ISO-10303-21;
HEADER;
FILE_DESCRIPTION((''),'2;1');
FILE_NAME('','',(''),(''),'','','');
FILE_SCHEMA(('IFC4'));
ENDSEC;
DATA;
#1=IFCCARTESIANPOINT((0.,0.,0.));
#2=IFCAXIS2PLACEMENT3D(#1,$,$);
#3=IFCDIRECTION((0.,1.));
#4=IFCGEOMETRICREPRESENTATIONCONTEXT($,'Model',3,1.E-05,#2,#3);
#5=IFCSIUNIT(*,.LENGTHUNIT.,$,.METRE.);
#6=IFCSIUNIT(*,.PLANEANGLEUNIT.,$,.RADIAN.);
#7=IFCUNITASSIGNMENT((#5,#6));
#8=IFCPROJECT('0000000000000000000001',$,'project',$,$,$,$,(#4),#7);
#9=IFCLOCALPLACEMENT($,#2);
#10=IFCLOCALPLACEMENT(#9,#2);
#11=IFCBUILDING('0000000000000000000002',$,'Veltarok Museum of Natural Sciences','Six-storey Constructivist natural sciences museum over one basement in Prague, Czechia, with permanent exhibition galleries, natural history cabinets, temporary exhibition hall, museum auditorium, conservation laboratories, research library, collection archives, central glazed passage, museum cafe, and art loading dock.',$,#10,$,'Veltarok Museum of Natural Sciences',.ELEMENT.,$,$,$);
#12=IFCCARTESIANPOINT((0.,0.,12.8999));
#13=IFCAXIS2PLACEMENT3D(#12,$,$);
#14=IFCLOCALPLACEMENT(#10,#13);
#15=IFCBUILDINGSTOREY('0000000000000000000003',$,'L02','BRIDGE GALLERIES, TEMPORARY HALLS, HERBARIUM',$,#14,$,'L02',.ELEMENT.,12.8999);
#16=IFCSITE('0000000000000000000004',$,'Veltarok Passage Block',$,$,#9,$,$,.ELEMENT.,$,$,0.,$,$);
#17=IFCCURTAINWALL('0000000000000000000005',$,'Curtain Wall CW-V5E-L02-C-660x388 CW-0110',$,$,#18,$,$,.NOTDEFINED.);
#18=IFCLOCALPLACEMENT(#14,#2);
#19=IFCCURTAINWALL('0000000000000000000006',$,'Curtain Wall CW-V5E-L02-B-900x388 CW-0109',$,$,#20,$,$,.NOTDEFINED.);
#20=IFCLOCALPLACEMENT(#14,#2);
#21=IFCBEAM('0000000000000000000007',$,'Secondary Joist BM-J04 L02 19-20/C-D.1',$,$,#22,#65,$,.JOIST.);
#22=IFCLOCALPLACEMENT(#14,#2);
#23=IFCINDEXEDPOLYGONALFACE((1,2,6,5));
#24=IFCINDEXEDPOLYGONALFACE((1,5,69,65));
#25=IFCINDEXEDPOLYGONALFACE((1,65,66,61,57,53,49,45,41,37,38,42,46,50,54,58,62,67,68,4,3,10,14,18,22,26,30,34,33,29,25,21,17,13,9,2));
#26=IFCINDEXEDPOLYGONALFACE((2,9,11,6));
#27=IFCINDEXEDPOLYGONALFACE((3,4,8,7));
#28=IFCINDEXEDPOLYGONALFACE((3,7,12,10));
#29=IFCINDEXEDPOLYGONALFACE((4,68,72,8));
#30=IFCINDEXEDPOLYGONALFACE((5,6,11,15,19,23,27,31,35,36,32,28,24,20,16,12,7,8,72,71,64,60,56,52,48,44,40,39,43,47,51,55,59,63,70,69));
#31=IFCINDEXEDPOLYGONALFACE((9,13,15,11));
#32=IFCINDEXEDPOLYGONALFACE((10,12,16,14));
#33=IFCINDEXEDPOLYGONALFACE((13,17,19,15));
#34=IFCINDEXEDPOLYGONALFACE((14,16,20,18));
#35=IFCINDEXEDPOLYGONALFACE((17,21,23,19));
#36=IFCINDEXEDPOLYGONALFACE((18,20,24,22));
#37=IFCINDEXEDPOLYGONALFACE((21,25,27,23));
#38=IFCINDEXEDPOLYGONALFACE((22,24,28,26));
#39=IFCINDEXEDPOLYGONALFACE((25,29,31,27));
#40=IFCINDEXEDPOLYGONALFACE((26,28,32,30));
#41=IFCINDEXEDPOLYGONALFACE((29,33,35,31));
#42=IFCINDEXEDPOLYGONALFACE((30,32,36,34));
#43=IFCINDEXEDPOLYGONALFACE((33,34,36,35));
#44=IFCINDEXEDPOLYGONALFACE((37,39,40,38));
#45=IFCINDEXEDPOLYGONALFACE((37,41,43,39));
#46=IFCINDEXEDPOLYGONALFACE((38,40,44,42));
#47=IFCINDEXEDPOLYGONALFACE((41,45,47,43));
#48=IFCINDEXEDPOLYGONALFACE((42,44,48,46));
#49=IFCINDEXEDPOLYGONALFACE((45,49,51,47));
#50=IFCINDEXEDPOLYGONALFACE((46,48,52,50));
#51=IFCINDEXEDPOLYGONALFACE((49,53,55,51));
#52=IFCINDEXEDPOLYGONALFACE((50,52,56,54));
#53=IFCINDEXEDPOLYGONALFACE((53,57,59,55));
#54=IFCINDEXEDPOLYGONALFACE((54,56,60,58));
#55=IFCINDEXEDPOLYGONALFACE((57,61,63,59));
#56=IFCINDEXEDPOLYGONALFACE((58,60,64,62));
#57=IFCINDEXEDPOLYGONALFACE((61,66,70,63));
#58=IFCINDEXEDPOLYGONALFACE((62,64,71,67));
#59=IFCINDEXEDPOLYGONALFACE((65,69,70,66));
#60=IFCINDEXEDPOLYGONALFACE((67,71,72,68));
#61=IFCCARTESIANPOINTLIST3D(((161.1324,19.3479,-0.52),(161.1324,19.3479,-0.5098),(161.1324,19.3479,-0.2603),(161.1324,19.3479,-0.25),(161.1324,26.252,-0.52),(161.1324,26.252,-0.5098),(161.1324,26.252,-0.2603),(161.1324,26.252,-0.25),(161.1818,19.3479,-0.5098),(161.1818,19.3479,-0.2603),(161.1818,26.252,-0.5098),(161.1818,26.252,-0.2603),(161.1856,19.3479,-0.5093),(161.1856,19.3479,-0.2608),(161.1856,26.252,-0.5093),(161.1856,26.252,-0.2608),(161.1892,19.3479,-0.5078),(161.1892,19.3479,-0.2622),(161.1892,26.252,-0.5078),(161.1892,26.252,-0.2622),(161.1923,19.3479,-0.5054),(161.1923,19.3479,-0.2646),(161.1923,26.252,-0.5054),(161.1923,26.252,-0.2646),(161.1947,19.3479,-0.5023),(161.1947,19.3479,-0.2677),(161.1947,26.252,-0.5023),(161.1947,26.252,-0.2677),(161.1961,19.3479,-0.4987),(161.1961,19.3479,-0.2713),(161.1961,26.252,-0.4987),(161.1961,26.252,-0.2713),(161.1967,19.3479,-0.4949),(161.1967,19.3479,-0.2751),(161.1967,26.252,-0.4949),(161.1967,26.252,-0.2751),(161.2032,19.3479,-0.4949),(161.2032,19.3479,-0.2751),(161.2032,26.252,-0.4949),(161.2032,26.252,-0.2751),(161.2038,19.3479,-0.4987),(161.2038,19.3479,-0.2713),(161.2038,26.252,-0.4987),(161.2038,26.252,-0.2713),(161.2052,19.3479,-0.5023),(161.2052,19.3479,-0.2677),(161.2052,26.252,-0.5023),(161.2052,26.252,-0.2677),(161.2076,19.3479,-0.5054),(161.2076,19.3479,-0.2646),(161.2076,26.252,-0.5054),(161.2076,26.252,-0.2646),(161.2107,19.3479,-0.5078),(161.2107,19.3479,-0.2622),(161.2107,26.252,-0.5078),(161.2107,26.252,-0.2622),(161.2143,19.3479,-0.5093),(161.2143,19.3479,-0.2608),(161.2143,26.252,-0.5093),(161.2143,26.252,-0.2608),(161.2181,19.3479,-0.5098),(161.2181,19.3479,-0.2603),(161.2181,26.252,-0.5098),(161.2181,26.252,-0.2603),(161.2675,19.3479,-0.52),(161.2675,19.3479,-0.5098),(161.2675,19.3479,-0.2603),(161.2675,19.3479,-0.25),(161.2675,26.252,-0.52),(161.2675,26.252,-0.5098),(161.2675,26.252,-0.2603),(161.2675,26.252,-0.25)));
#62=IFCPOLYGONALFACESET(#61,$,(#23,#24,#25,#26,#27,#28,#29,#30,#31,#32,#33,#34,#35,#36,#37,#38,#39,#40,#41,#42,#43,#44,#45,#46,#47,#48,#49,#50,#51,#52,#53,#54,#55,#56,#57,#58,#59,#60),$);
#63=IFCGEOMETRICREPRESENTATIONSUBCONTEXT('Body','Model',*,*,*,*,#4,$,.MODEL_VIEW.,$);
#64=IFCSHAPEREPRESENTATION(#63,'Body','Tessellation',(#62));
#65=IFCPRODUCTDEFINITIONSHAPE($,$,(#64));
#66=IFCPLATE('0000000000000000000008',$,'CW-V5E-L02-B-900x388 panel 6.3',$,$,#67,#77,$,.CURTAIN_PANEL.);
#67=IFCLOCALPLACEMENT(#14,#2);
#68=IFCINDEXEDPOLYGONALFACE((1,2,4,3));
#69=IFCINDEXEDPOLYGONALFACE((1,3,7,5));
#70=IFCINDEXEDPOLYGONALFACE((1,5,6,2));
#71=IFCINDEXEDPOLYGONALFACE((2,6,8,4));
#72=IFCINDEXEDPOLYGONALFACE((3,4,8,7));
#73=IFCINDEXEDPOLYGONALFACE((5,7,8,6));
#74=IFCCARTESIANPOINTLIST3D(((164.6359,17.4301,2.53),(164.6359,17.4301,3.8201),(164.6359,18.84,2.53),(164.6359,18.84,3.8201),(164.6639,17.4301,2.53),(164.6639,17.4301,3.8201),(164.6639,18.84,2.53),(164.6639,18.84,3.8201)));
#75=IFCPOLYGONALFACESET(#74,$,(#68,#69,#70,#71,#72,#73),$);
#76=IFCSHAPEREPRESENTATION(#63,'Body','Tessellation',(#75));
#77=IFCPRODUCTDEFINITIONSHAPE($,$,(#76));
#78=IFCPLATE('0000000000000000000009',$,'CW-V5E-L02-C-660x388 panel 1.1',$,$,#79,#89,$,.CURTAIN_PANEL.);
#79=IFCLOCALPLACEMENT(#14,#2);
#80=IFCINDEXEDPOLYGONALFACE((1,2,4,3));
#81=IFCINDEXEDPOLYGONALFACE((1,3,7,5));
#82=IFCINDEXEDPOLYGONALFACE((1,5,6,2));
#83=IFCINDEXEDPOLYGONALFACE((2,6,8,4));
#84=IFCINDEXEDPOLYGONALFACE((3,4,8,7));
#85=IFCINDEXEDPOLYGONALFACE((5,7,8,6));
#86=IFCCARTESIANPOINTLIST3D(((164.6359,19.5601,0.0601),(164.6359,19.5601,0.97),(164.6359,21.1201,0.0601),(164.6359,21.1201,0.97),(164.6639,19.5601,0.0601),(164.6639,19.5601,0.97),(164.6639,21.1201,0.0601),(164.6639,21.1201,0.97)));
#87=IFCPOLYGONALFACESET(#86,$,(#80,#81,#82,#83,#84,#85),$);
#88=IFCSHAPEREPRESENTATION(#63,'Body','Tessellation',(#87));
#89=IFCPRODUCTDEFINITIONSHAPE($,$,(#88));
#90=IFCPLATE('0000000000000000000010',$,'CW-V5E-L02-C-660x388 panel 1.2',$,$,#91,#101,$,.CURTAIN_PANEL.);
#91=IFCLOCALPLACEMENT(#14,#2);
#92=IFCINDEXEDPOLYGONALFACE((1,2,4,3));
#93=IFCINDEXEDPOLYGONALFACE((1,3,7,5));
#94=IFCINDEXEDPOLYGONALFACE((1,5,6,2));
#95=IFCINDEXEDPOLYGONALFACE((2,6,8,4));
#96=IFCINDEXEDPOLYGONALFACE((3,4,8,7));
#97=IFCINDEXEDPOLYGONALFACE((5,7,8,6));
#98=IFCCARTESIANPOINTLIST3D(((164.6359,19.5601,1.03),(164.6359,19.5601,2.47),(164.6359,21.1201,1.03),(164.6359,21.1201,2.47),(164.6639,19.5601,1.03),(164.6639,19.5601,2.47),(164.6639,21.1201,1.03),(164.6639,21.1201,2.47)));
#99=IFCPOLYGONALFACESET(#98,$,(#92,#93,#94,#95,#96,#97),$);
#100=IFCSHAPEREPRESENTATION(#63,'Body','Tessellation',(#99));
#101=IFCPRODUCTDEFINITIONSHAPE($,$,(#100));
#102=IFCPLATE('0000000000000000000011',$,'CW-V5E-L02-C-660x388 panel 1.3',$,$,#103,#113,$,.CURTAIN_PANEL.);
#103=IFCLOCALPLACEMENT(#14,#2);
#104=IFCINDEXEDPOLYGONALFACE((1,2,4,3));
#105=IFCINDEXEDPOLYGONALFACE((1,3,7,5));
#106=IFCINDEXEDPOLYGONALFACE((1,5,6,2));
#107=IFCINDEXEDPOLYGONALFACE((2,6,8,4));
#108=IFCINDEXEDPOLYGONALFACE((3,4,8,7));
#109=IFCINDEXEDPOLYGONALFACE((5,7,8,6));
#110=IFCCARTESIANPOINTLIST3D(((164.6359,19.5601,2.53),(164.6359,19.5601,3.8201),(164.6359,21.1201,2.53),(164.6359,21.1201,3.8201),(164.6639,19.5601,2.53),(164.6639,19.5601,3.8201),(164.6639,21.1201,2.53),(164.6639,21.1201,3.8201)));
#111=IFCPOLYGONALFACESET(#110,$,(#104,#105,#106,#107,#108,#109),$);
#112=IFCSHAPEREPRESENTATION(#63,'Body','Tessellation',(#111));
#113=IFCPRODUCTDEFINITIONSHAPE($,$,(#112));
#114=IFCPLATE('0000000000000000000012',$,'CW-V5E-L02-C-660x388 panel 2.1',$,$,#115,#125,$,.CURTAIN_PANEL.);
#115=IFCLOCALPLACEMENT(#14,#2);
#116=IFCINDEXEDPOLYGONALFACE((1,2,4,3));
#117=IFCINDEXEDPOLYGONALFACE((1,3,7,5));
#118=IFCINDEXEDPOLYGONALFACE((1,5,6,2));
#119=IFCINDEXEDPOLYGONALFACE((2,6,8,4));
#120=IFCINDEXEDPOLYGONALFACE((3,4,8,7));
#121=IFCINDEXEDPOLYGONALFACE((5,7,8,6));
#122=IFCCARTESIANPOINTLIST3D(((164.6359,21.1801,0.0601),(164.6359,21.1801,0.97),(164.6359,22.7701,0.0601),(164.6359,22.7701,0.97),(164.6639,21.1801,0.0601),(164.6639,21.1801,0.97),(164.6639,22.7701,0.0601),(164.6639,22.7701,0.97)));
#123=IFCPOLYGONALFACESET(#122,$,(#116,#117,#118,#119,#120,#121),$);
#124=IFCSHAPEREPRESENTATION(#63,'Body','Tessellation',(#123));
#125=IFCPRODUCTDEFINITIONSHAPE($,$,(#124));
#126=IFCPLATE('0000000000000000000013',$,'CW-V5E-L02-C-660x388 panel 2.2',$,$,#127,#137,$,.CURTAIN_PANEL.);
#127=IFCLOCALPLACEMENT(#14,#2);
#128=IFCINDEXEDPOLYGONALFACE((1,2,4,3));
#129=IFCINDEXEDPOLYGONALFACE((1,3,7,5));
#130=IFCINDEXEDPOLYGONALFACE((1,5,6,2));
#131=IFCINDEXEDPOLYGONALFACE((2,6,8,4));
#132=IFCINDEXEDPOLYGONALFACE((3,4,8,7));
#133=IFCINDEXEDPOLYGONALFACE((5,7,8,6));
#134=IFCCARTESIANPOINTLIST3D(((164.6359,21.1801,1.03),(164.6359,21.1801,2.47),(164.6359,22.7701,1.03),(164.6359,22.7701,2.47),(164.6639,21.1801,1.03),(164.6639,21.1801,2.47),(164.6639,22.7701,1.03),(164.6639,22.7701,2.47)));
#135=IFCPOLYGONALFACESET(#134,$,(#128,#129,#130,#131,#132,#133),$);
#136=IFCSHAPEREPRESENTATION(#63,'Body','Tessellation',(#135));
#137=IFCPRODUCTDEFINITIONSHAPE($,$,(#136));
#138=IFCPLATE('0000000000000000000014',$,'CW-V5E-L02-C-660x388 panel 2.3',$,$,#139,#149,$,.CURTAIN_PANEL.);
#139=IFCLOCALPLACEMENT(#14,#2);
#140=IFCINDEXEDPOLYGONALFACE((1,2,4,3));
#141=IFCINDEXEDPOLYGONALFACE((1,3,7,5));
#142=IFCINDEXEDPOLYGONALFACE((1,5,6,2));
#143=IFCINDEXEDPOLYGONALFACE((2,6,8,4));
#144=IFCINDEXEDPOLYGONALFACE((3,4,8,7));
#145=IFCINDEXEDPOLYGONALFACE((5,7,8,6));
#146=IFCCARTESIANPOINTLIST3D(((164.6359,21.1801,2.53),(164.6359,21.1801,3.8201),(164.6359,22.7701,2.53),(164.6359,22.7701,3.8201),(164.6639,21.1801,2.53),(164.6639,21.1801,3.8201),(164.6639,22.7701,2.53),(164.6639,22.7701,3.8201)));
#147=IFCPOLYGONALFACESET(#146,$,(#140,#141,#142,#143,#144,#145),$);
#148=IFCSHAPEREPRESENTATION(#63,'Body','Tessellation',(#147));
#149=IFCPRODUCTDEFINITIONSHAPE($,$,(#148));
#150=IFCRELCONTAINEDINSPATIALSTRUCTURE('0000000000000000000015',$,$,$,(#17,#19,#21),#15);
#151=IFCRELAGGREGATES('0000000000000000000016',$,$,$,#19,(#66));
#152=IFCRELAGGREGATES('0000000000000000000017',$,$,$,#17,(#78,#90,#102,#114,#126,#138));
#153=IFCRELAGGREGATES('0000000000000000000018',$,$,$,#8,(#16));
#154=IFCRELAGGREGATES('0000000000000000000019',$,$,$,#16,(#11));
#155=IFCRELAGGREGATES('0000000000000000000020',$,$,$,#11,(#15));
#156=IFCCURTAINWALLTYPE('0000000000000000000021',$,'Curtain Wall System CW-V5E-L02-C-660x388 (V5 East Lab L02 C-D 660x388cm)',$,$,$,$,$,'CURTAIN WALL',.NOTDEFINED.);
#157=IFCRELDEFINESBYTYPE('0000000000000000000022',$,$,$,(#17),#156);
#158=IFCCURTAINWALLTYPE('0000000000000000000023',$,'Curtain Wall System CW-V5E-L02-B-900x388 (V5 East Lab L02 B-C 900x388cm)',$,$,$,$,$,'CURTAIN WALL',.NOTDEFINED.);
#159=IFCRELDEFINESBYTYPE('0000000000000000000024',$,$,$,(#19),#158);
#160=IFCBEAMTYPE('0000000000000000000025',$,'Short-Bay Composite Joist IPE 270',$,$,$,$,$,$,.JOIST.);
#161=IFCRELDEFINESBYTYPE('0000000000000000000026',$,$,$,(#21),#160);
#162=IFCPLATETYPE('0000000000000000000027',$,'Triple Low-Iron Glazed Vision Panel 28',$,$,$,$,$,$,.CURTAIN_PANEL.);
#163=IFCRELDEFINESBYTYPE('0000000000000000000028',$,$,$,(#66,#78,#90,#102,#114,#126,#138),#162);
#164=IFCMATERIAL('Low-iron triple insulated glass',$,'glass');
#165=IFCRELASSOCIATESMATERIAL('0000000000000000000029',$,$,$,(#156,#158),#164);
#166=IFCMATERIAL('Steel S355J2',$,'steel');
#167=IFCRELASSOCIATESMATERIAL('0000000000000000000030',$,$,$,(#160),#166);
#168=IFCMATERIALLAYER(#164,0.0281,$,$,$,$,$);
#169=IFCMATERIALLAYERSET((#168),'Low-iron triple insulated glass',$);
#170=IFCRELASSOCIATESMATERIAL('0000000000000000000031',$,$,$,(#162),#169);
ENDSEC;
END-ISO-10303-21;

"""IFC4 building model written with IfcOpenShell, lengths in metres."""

from ifc_helpers import new_model, si_unit, direction, frame, origin, origin_2d, place, context, subcontext, project, spatial, rectangle, i_section, extrude, material, layer, layer_set, material_profile, profile_set, type_object, element, aggregate, save


model = new_model("IFC4")

# Units and contexts
model_context = context("Model", 3, precision=1e-05, world=origin(), true_north=direction((0.0, 1.0)))
body_context = subcontext(model_context, "Body", "Model", "MODEL_VIEW")
ifc_project = project(units=[si_unit("LENGTHUNIT", "METRE"), si_unit("PLANEANGLEUNIT", "RADIAN")], contexts=[model_context])

# Site, building, storey
site_placement = place(None, origin())
site = spatial("IfcSite", under=ifc_project, at=site_placement, Name="Veltarok Passage Block", CompositionType="ELEMENT", RefElevation=0.0)
building_placement = place(site_placement, origin())
building = spatial("IfcBuilding", under=site, at=building_placement, Name="Veltarok Museum of Natural Sciences", Description="Six-storey Constructivist natural sciences museum over one basement in Prague, Czechia, with permanent exhibition galleries, natural history cabinets, temporary exhibition hall, museum auditorium, conservation laboratories, research library, collection archives, central glazed passage, museum cafe, and art loading dock.", LongName="Veltarok Museum of Natural Sciences", CompositionType="ELEMENT")
storey_placement = place(building_placement, frame((0.0, 0.0, 12.8999)))
storey = spatial("IfcBuildingStorey", under=building, at=storey_placement, Name="L02", Description="BRIDGE GALLERIES, TEMPORARY HALLS, HERBARIUM", LongName="L02", CompositionType="ELEMENT", Elevation=12.8999)

# Curtain wall
ifc_material_1 = material(Name="Low-iron triple insulated glass", Category="glass")
curtain_wall_type_1 = type_object("IfcCurtainWallType", Name="Curtain Wall System CW-V5E-L02-C-660x388 (V5 East Lab L02 C-D 660x388cm)", ElementType="CURTAIN WALL", PredefinedType="NOTDEFINED", material=ifc_material_1)
curtain_wall_1_placement = place(storey_placement, origin())
curtain_wall_1 = element("IfcCurtainWall", 1, at=curtain_wall_1_placement, inside=storey, type_object=curtain_wall_type_1, Name="Curtain Wall CW-V5E-L02-C-660x388 CW-0110", PredefinedType="NOTDEFINED")

# Curtain wall
curtain_wall_type_2 = type_object("IfcCurtainWallType", Name="Curtain Wall System CW-V5E-L02-B-900x388 (V5 East Lab L02 B-C 900x388cm)", ElementType="CURTAIN WALL", PredefinedType="NOTDEFINED", material=ifc_material_1)
curtain_wall_2_placement = place(storey_placement, origin())
curtain_wall_2 = element("IfcCurtainWall", 2, at=curtain_wall_2_placement, inside=storey, type_object=curtain_wall_type_2, Name="Curtain Wall CW-V5E-L02-B-900x388 CW-0109", PredefinedType="NOTDEFINED")

# Beam
ifc_material_2 = material(Name="Steel S355J2", Category="steel")
ifc_material_profile_1 = material_profile(ifc_material_2, i_section(OverallWidth=0.135, OverallDepth=0.27, WebThickness=0.0066, FlangeThickness=0.0103, FilletRadius=0.0149, at=origin_2d()), Name="IPE 270")
ifc_profile_set_1 = profile_set([ifc_material_profile_1], Name="Steel S355J2")
beam_type_1 = type_object("IfcBeamType", Name="Short-Bay Composite Joist IPE 270", PredefinedType="JOIST", material=ifc_profile_set_1)
beam_1_placement = place(storey_placement, frame((161.2, 19.3479, -0.385), z_axis=(0.0, 1.0, 0.0), x_axis=(-1.0, 0.0, 0.0)))
element("IfcBeam", 3, at=beam_1_placement, inside=storey, type_object=beam_type_1, Name="Secondary Joist BM-J04 L02 19-20/C-D.1", PredefinedType="JOIST", context=body_context, shape_type="SweptSolid", body=[
    extrude(i_section(OverallWidth=0.135, OverallDepth=0.27, WebThickness=0.0066, FlangeThickness=0.0103, FilletRadius=0.0149, at=origin_2d()), origin(), (0.0, 0.0, 1.0), 6.9041),
])

# Plates
ifc_layer = layer(ifc_material_1, 0.0281)
ifc_layer_set = layer_set([ifc_layer], Name="Low-iron triple insulated glass")
plate_type = type_object("IfcPlateType", Name="Triple Low-Iron Glazed Vision Panel 28", PredefinedType="CURTAIN_PANEL", material=ifc_layer_set)
plate_1_placement = place(storey_placement, frame((164.6499, 18.135, 2.53), z_axis=(0.0, 0.0, 1.0), x_axis=(0.0, 1.0, 0.0)))
plate_1 = element("IfcPlate", 4, at=plate_1_placement, type_object=plate_type, Name="CW-V5E-L02-B-900x388 panel 6.3", PredefinedType="CURTAIN_PANEL", context=body_context, shape_type="SweptSolid", body=[
    extrude(rectangle(XDim=1.4099, YDim=0.0281, at=origin_2d()), origin(), (0.0, 0.0, 1.0), 1.29),
])
aggregate(curtain_wall_2, [plate_1])
plate_2_placement = place(storey_placement, frame((164.6499, 20.3401, 0.0601), z_axis=(0.0, 0.0, 1.0), x_axis=(0.0, 1.0, 0.0)))
plate_2 = element("IfcPlate", 5, at=plate_2_placement, type_object=plate_type, Name="CW-V5E-L02-C-660x388 panel 1.1", PredefinedType="CURTAIN_PANEL", context=body_context, shape_type="SweptSolid", body=[
    extrude(rectangle(XDim=1.5601, YDim=0.0281, at=origin_2d()), origin(), (0.0, 0.0, 1.0), 0.9099),
])
plate_3_placement = place(storey_placement, frame((164.6499, 20.3401, 1.03), z_axis=(0.0, 0.0, 1.0), x_axis=(0.0, 1.0, 0.0)))
plate_3 = element("IfcPlate", 6, at=plate_3_placement, type_object=plate_type, Name="CW-V5E-L02-C-660x388 panel 1.2", PredefinedType="CURTAIN_PANEL", context=body_context, shape_type="SweptSolid", body=[
    extrude(rectangle(XDim=1.5601, YDim=0.0281, at=origin_2d()), origin(), (0.0, 0.0, 1.0), 1.4399),
])
plate_4_placement = place(storey_placement, frame((164.6499, 20.3401, 2.53), z_axis=(0.0, 0.0, 1.0), x_axis=(0.0, 1.0, 0.0)))
plate_4 = element("IfcPlate", 7, at=plate_4_placement, type_object=plate_type, Name="CW-V5E-L02-C-660x388 panel 1.3", PredefinedType="CURTAIN_PANEL", context=body_context, shape_type="SweptSolid", body=[
    extrude(rectangle(XDim=1.5601, YDim=0.0281, at=origin_2d()), origin(), (0.0, 0.0, 1.0), 1.29),
])
plate_5_placement = place(storey_placement, frame((164.6499, 21.9751, 0.0601), z_axis=(0.0, 0.0, 1.0), x_axis=(0.0, 1.0, 0.0)))
plate_5 = element("IfcPlate", 8, at=plate_5_placement, type_object=plate_type, Name="CW-V5E-L02-C-660x388 panel 2.1", PredefinedType="CURTAIN_PANEL", context=body_context, shape_type="SweptSolid", body=[
    extrude(rectangle(XDim=1.5901, YDim=0.0281, at=origin_2d()), origin(), (0.0, 0.0, 1.0), 0.9099),
])
plate_6_placement = place(storey_placement, frame((164.6499, 21.9751, 1.03), z_axis=(0.0, 0.0, 1.0), x_axis=(0.0, 1.0, 0.0)))
plate_6 = element("IfcPlate", 9, at=plate_6_placement, type_object=plate_type, Name="CW-V5E-L02-C-660x388 panel 2.2", PredefinedType="CURTAIN_PANEL", context=body_context, shape_type="SweptSolid", body=[
    extrude(rectangle(XDim=1.5901, YDim=0.0281, at=origin_2d()), origin(), (0.0, 0.0, 1.0), 1.4399),
])
plate_7_placement = place(storey_placement, frame((164.6499, 21.9751, 2.53), z_axis=(0.0, 0.0, 1.0), x_axis=(0.0, 1.0, 0.0)))
plate_7 = element("IfcPlate", 10, at=plate_7_placement, type_object=plate_type, Name="CW-V5E-L02-C-660x388 panel 2.3", PredefinedType="CURTAIN_PANEL", context=body_context, shape_type="SweptSolid", body=[
    extrude(rectangle(XDim=1.5901, YDim=0.0281, at=origin_2d()), origin(), (0.0, 0.0, 1.0), 1.29),
])
aggregate(curtain_wall_1, [plate_2, plate_3, plate_4, plate_5, plate_6, plate_7])

save(model, "model.ifc")
